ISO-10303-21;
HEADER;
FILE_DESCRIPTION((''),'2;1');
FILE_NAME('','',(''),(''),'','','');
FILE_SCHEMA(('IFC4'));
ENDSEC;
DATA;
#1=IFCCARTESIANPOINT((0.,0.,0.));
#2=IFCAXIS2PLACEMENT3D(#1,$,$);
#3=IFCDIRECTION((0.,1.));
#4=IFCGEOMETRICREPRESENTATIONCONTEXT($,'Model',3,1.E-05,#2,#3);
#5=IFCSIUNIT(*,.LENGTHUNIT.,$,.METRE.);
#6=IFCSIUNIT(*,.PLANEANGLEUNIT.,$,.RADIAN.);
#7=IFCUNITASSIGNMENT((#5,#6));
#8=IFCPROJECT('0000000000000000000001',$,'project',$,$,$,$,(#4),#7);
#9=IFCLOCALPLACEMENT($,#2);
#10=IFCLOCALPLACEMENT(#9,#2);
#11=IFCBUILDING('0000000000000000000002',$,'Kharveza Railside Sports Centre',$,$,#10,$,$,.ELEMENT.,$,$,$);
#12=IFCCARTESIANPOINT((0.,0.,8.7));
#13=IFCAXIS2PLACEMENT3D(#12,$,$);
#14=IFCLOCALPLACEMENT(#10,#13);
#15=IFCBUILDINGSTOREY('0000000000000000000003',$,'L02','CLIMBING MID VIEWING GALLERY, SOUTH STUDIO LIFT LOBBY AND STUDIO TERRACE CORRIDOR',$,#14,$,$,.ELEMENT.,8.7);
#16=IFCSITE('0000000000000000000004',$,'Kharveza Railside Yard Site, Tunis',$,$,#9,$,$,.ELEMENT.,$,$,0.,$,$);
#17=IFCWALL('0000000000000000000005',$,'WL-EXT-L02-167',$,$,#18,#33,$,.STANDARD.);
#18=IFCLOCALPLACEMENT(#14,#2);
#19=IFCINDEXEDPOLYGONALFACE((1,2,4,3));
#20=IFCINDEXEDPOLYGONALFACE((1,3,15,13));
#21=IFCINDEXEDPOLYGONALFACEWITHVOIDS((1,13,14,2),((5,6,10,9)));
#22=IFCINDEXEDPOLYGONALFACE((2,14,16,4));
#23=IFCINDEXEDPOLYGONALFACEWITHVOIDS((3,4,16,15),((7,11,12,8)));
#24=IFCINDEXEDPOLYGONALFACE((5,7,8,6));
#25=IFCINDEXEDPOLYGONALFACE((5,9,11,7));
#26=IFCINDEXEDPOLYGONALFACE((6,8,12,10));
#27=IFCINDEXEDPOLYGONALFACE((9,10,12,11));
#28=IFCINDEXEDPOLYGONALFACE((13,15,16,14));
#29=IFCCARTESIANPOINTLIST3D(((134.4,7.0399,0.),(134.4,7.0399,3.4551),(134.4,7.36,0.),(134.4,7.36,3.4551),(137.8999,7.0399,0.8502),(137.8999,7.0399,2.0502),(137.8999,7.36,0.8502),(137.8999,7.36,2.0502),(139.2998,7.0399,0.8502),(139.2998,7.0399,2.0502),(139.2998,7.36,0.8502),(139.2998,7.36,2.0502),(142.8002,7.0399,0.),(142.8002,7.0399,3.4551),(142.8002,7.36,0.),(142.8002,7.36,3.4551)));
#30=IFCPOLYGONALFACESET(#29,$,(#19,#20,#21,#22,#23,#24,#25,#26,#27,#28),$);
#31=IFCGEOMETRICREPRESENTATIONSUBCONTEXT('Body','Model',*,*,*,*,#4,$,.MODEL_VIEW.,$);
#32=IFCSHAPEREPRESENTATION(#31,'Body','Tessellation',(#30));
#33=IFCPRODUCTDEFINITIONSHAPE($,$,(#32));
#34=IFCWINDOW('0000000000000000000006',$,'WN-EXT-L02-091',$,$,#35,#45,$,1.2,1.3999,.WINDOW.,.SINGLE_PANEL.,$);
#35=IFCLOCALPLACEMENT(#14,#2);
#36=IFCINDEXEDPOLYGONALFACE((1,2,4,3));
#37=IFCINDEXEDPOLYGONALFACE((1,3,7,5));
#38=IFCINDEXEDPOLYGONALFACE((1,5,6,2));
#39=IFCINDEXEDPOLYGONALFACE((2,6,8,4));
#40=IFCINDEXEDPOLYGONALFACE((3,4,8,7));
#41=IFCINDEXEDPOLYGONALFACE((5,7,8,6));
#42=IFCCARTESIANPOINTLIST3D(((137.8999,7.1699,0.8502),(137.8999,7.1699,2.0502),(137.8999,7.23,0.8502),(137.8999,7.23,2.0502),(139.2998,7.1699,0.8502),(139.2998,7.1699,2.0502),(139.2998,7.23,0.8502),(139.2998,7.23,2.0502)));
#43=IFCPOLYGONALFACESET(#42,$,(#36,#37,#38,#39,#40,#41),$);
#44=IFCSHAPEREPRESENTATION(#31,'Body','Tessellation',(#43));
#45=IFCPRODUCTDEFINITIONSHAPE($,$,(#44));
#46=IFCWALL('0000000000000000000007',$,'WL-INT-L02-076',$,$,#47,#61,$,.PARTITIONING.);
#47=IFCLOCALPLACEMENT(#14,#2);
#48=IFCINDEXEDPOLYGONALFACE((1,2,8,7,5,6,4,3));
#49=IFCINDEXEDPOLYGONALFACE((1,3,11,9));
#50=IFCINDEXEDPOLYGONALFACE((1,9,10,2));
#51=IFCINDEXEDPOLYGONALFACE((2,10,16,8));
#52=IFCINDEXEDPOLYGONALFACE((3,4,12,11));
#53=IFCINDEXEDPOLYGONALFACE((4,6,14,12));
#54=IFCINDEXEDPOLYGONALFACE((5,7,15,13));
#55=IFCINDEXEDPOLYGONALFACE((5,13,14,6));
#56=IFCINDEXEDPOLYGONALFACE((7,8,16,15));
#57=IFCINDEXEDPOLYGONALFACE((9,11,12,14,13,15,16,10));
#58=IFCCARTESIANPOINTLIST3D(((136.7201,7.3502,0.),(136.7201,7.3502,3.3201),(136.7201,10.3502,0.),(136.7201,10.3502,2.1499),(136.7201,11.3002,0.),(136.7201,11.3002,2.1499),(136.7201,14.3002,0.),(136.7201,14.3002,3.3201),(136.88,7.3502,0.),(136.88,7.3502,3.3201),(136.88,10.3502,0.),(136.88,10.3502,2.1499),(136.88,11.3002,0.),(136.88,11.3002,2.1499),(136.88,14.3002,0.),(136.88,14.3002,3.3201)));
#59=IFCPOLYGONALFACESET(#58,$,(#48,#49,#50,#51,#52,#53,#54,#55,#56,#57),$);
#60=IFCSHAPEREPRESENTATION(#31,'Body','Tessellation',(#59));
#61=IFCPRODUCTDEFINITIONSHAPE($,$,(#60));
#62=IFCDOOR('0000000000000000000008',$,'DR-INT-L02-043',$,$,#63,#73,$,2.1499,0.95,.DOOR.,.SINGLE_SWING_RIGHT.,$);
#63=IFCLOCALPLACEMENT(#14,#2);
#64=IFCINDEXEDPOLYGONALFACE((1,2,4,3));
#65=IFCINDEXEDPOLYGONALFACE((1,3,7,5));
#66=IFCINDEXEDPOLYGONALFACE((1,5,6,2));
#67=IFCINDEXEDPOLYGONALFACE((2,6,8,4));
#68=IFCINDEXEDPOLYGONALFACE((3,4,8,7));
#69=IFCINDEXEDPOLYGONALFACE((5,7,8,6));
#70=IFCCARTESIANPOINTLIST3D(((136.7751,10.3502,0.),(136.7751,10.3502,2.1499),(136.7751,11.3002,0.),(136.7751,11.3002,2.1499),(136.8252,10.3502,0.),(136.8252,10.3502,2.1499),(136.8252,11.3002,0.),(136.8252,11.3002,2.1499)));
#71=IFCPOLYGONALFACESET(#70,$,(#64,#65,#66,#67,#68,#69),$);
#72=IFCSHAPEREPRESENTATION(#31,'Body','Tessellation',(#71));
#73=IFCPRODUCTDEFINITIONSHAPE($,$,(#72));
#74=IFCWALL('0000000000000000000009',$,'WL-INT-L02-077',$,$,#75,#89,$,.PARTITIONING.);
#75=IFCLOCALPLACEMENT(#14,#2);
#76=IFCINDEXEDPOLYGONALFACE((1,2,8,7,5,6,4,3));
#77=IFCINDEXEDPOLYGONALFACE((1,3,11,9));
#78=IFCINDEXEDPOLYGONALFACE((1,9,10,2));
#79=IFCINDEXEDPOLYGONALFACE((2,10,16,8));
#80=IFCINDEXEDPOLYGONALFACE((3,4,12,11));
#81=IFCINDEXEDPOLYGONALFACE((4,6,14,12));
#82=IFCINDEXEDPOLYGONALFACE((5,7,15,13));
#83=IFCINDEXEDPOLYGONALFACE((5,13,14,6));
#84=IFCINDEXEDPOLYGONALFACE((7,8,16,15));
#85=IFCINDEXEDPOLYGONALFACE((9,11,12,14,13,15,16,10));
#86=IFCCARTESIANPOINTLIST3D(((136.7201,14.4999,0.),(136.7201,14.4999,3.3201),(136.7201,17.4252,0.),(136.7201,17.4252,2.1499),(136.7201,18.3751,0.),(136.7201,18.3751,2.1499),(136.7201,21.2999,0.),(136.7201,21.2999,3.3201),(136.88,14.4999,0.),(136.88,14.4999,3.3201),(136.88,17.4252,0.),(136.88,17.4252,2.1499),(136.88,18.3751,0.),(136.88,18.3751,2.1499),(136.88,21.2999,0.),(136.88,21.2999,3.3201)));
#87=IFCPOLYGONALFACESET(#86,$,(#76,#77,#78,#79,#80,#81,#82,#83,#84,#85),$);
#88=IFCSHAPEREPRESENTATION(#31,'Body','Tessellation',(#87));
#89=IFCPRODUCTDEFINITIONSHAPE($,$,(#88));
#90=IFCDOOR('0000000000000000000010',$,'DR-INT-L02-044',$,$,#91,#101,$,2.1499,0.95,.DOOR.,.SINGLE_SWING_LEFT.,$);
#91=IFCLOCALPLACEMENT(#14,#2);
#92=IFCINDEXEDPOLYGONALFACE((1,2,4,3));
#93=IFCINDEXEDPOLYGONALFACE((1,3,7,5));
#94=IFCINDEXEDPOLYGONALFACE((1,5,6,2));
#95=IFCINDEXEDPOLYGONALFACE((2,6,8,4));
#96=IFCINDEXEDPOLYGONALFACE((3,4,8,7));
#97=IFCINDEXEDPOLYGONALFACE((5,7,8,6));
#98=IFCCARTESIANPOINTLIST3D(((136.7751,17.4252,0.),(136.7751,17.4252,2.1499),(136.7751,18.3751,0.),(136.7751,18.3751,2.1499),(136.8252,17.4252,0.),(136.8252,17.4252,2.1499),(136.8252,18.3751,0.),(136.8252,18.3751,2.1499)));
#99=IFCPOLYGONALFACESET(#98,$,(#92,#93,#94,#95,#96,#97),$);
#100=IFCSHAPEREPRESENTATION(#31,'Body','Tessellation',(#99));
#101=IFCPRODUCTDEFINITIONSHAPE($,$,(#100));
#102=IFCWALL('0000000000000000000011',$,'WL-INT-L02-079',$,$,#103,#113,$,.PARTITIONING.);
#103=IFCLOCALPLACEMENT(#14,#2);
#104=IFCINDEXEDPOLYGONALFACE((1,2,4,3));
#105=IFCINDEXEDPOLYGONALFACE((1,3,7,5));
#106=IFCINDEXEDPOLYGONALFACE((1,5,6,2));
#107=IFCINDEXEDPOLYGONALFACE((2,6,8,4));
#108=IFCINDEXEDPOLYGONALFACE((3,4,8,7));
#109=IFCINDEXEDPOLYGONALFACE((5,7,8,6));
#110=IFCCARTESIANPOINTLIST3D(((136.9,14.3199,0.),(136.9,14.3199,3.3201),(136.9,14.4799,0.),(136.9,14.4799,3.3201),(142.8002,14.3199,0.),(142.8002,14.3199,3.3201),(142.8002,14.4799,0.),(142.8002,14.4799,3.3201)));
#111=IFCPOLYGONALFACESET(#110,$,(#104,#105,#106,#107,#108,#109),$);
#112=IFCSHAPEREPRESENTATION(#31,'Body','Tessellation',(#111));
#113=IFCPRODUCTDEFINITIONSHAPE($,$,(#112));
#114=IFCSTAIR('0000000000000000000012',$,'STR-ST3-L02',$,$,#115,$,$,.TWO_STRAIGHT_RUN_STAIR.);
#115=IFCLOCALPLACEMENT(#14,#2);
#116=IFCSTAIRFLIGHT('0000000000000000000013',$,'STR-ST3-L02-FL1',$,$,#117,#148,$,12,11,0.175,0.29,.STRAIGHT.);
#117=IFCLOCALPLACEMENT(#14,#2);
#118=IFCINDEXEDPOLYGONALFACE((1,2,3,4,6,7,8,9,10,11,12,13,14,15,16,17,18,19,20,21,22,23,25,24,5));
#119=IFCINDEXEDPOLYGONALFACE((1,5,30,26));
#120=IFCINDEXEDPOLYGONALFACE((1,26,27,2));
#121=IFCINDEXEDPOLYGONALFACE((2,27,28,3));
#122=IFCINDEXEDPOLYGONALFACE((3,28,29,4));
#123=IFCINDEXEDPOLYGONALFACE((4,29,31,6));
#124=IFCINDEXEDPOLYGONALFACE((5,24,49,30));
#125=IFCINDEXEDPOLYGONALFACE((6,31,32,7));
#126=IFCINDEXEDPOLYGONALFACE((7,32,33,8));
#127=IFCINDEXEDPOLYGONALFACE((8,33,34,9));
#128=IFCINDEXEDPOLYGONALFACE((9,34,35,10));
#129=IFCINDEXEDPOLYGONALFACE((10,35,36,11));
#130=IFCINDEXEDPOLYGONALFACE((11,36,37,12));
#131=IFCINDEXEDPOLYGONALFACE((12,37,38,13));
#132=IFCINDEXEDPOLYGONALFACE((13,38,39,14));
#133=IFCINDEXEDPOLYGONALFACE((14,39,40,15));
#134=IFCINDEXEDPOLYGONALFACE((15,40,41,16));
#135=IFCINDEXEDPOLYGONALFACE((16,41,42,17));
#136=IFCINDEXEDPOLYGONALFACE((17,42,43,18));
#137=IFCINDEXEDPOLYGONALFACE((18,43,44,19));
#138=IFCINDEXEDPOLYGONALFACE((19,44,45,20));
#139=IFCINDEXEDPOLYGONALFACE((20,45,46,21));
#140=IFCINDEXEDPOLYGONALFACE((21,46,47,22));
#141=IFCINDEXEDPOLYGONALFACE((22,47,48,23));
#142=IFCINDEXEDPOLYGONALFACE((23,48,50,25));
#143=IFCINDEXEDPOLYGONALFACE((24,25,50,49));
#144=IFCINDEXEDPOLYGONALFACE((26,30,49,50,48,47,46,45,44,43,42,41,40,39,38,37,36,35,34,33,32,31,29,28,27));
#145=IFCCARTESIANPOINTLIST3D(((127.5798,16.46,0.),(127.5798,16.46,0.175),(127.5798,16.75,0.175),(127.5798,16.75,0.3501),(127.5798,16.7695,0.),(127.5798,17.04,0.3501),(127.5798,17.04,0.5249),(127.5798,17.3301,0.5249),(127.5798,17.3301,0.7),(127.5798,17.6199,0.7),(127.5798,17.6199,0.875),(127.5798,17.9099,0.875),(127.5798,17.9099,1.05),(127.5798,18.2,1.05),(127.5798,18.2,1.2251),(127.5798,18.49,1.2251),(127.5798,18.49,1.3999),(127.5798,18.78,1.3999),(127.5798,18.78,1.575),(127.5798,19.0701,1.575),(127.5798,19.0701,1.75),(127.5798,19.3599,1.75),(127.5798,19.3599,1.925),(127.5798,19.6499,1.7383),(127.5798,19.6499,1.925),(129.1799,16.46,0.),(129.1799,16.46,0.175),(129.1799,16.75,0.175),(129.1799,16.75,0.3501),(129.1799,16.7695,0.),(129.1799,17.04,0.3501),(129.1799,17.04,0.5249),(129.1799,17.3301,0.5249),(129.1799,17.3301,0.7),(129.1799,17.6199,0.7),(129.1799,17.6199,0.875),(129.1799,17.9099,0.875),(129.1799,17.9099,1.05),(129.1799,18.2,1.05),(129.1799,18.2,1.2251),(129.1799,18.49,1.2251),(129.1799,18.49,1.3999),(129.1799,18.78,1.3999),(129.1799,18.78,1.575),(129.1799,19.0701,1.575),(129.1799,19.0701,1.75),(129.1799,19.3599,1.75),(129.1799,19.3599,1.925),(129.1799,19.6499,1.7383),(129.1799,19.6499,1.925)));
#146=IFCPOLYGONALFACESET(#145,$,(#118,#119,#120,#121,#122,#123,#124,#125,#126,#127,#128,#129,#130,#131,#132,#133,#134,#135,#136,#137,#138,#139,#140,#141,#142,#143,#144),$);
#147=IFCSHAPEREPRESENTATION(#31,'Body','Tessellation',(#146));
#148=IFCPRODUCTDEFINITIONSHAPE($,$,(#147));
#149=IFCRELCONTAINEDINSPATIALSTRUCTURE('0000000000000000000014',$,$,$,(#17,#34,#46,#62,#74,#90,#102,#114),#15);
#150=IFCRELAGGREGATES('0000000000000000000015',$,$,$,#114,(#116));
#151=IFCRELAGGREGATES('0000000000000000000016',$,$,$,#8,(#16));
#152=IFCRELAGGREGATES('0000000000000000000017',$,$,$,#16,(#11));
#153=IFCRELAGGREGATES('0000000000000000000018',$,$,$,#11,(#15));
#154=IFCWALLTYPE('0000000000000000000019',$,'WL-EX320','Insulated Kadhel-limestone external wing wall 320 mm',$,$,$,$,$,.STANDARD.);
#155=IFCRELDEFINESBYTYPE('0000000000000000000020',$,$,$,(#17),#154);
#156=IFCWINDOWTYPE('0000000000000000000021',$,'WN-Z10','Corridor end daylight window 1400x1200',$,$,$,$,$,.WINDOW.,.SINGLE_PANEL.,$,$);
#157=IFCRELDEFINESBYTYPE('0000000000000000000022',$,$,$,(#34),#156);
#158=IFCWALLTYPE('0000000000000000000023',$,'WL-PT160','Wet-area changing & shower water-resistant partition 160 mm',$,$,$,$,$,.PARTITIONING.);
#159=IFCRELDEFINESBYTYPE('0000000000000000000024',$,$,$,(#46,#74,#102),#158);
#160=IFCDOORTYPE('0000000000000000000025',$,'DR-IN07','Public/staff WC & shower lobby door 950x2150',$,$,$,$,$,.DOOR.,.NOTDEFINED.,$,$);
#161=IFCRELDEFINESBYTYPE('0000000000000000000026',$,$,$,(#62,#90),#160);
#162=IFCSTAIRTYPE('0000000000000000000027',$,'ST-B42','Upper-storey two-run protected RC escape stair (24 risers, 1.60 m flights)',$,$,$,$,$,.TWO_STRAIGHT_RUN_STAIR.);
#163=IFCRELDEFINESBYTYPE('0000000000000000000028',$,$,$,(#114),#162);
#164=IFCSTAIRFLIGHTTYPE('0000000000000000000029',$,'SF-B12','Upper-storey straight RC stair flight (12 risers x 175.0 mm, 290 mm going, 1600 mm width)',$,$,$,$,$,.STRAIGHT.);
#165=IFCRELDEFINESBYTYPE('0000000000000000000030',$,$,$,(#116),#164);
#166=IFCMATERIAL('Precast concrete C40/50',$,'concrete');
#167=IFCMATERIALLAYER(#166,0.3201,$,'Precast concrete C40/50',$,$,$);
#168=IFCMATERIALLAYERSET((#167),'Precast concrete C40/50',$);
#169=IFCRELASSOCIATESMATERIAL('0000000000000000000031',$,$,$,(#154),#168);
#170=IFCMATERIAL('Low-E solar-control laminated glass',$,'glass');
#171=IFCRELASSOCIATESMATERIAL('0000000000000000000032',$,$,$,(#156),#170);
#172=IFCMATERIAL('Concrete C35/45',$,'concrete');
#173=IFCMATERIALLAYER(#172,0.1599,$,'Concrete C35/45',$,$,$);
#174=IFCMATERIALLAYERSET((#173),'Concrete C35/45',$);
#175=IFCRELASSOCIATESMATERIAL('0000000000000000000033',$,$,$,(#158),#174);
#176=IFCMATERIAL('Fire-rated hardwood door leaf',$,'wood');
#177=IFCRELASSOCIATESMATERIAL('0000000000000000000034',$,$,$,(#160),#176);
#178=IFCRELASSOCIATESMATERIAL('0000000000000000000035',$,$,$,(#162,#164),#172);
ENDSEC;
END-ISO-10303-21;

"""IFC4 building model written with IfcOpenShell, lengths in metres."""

from ifc_helpers import new_model, si_unit, direction, frame, frame_2d, origin, place, context, subcontext, project, spatial, polyline, rectangle, outline, extrude, material, layer, layer_set, type_object, element, fill, aggregate, save


model = new_model("IFC4")

# Units and contexts
model_context = context("Model", 3, precision=1e-05, world=origin(), true_north=direction((0.0, 1.0)))
body_context = subcontext(model_context, "Body", "Model", "MODEL_VIEW")
ifc_project = project(units=[si_unit("LENGTHUNIT", "METRE"), si_unit("PLANEANGLEUNIT", "RADIAN")], contexts=[model_context])

# Site, building, storey
site_placement = place(None, origin())
site = spatial("IfcSite", under=ifc_project, at=site_placement, Name="Kharveza Railside Yard Site, Tunis", CompositionType="ELEMENT", RefElevation=0.0)
building_placement = place(site_placement, origin())
building = spatial("IfcBuilding", under=site, at=building_placement, Name="Kharveza Railside Sports Centre", CompositionType="ELEMENT")
storey_placement = place(building_placement, frame((0.0, 0.0, 8.7)))
storey = spatial("IfcBuildingStorey", under=building, at=storey_placement, Name="L02", Description="CLIMBING MID VIEWING GALLERY, SOUTH STUDIO LIFT LOBBY AND STUDIO TERRACE CORRIDOR", CompositionType="ELEMENT", Elevation=8.7)

# Shared definitions
ifc_material_1 = material(Name="Concrete C35/45", Category="concrete")

# Wall, opening, window
ifc_material_2 = material(Name="Precast concrete C40/50", Category="concrete")
ifc_layer_1 = layer(ifc_material_2, 0.3201, Name="Precast concrete C40/50")
ifc_layer_set_1 = layer_set([ifc_layer_1], Name="Precast concrete C40/50")
wall_type_1 = type_object("IfcWallType", Name="WL-EX320", Description="Insulated Kadhel-limestone external wing wall 320 mm", PredefinedType="STANDARD", material=ifc_layer_set_1)
wall_1_placement = place(storey_placement, frame((134.3999, 7.2, 0.0), z_axis=(0.0, 0.0, 1.0), x_axis=(1.0, 0.0, 0.0)))
wall_1 = element("IfcWall", 1, at=wall_1_placement, inside=storey, type_object=wall_type_1, Name="WL-EXT-L02-167", PredefinedType="STANDARD", context=body_context, shape_type="SweptSolid", body=[
    extrude(rectangle(XDim=8.4001, YDim=0.3201, at=frame_2d((4.2002, 0.0))), origin(), (0.0, 0.0, 1.0), 3.4551),
])
opening_1_placement = place(wall_1_placement, frame((3.5, 0.0, 0.8501)))
opening_1 = element("IfcOpeningElement", 2, at=opening_1_placement, cuts=wall_1, PredefinedType="OPENING", context=body_context, shape_type="SweptSolid", body=[
    extrude(rectangle(XDim=1.3999, YDim=1.2, at=frame_2d((0.7, 0.6001))), frame((0.0, 0.1851, 0.0), z_axis=(0.0, -1.0, 0.0), x_axis=(1.0, 0.0, 0.0)), (0.0, 0.0, 1.0), 0.3699),
])
ifc_material_3 = material(Name="Low-E solar-control laminated glass", Category="glass")
window_type = type_object("IfcWindowType", Name="WN-Z10", Description="Corridor end daylight window 1400x1200", PartitioningType="SINGLE_PANEL", PredefinedType="WINDOW", material=ifc_material_3)
window_placement = place(opening_1_placement, origin())
window = element("IfcWindow", 3, at=window_placement, inside=storey, type_object=window_type, Name="WN-EXT-L02-091", OverallHeight=1.2, OverallWidth=1.3999, PartitioningType="SINGLE_PANEL", PredefinedType="WINDOW", context=body_context, shape_type="SweptSolid", body=[
    extrude(rectangle(XDim=1.3999, YDim=1.2, at=frame_2d((0.7, 0.6001))), frame((0.0, 0.03, 0.0), z_axis=(0.0, -1.0, 0.0), x_axis=(1.0, 0.0, 0.0)), (0.0, 0.0, 1.0), 0.0601),
])
fill(opening_1, window)

# Walls, openings, doors
ifc_layer_2 = layer(ifc_material_1, 0.1599, Name="Concrete C35/45")
ifc_layer_set_2 = layer_set([ifc_layer_2], Name="Concrete C35/45")
wall_type_2 = type_object("IfcWallType", Name="WL-PT160", Description="Wet-area changing & shower water-resistant partition 160 mm", PredefinedType="PARTITIONING", material=ifc_layer_set_2)
wall_2_placement = place(storey_placement, frame((136.8, 7.3501, 0.0), z_axis=(0.0, 0.0, 1.0), x_axis=(0.0, 1.0, 0.0)))
wall_2 = element("IfcWall", 4, at=wall_2_placement, inside=storey, type_object=wall_type_2, Name="WL-INT-L02-076", PredefinedType="PARTITIONING", context=body_context, shape_type="SweptSolid", body=[
    extrude(rectangle(XDim=6.95, YDim=0.1599, at=frame_2d((3.4751, 0.0))), origin(), (0.0, 0.0, 1.0), 3.3201),
])
opening_2_placement = place(wall_2_placement, frame((3.0, 0.0, 0.0)))
opening_2 = element("IfcOpeningElement", 5, at=opening_2_placement, cuts=wall_2, PredefinedType="OPENING", context=body_context, shape_type="SweptSolid", body=[
    extrude(rectangle(XDim=0.95, YDim=2.1499, at=frame_2d((0.4751, 1.075))), frame((0.0, 0.105, 0.0), z_axis=(0.0, -1.0, 0.0), x_axis=(1.0, 0.0, 0.0)), (0.0, 0.0, 1.0), 0.2097),
])
ifc_material_4 = material(Name="Fire-rated hardwood door leaf", Category="wood")
door_type = type_object("IfcDoorType", Name="DR-IN07", Description="Public/staff WC & shower lobby door 950x2150", OperationType="NOTDEFINED", PredefinedType="DOOR", material=ifc_material_4)
door_1_placement = place(opening_2_placement, origin())
door_1 = element("IfcDoor", 6, at=door_1_placement, inside=storey, type_object=door_type, Name="DR-INT-L02-043", OperationType="SINGLE_SWING_RIGHT", OverallHeight=2.1499, OverallWidth=0.95, PredefinedType="DOOR", context=body_context, shape_type="SweptSolid", body=[
    extrude(rectangle(XDim=0.95, YDim=2.1499, at=frame_2d((0.4751, 1.075))), frame((0.0, 0.0249, 0.0), z_axis=(0.0, -1.0, 0.0), x_axis=(1.0, 0.0, 0.0)), (0.0, 0.0, 1.0), 0.05),
])
fill(opening_2, door_1)
wall_3_placement = place(storey_placement, frame((136.8, 14.5, 0.0), z_axis=(0.0, 0.0, 1.0), x_axis=(0.0, 1.0, 0.0)))
wall_3 = element("IfcWall", 7, at=wall_3_placement, inside=storey, type_object=wall_type_2, Name="WL-INT-L02-077", PredefinedType="PARTITIONING", context=body_context, shape_type="SweptSolid", body=[
    extrude(rectangle(XDim=6.8, YDim=0.1599, at=frame_2d((3.3999, 0.0))), origin(), (0.0, 0.0, 1.0), 3.3201),
])
opening_3_placement = place(wall_3_placement, frame((2.925, 0.0, 0.0)))
opening_3 = element("IfcOpeningElement", 8, at=opening_3_placement, cuts=wall_3, PredefinedType="OPENING", context=body_context, shape_type="SweptSolid", body=[
    extrude(rectangle(XDim=0.95, YDim=2.1499, at=frame_2d((0.4751, 1.075))), frame((0.0, 0.105, 0.0), z_axis=(0.0, -1.0, 0.0), x_axis=(1.0, 0.0, 0.0)), (0.0, 0.0, 1.0), 0.2097),
])
door_2_placement = place(opening_3_placement, origin())
door_2 = element("IfcDoor", 9, at=door_2_placement, inside=storey, type_object=door_type, Name="DR-INT-L02-044", OperationType="SINGLE_SWING_LEFT", OverallHeight=2.1499, OverallWidth=0.95, PredefinedType="DOOR", context=body_context, shape_type="SweptSolid", body=[
    extrude(rectangle(XDim=0.95, YDim=2.1499, at=frame_2d((0.4751, 1.075))), frame((0.0, 0.0249, 0.0), z_axis=(0.0, -1.0, 0.0), x_axis=(1.0, 0.0, 0.0)), (0.0, 0.0, 1.0), 0.05),
])
fill(opening_3, door_2)

# Wall
wall_4_placement = place(storey_placement, frame((136.8999, 14.3999, 0.0), z_axis=(0.0, 0.0, 1.0), x_axis=(1.0, 0.0, 0.0)))
element("IfcWall", 10, at=wall_4_placement, inside=storey, type_object=wall_type_2, Name="WL-INT-L02-079", PredefinedType="PARTITIONING", context=body_context, shape_type="SweptSolid", body=[
    extrude(rectangle(XDim=5.9001, YDim=0.1599, at=frame_2d((2.9502, 0.0))), origin(), (0.0, 0.0, 1.0), 3.3201),
])

# Stair, stair flight
stair_type = type_object("IfcStairType", Name="ST-B42", Description="Upper-storey two-run protected RC escape stair (24 risers, 1.60 m flights)", PredefinedType="TWO_STRAIGHT_RUN_STAIR", material=ifc_material_1)
stair_placement = place(storey_placement, origin())
stair = element("IfcStair", 11, at=stair_placement, inside=storey, type_object=stair_type, Name="STR-ST3-L02", PredefinedType="TWO_STRAIGHT_RUN_STAIR")
stair_flight_type = type_object("IfcStairFlightType", Name="SF-B12", Description="Upper-storey straight RC stair flight (12 risers x 175.0 mm, 290 mm going, 1600 mm width)", PredefinedType="STRAIGHT", material=ifc_material_1)
stair_flight_placement = place(storey_placement, frame((128.3799, 16.46, 0.0), z_axis=(0.0, 0.0, 1.0), x_axis=(0.0, 1.0, 0.0)))
stair_flight = element("IfcStairFlight", 12, at=stair_flight_placement, type_object=stair_flight_type, Name="STR-ST3-L02-FL1", NumberOfRisers=12, NumberOfTreads=11, PredefinedType="STRAIGHT", RiserHeight=0.175, TreadLength=0.29, context=body_context, shape_type="SweptSolid", body=[
    extrude(outline(polyline([(0.0, 0.0), (0.0, 0.175), (0.29, 0.175), (0.29, 0.3501), (0.5801, 0.3501), (0.5801, 0.5249), (0.8701, 0.5249), (0.8701, 0.7), (1.1599, 0.7), (1.1599, 0.875), (1.45, 0.875), (1.45, 1.05), (1.74, 1.05), (1.74, 1.2251), (2.03, 1.2251), (2.03, 1.3999), (2.3201, 1.3999), (2.3201, 1.575), (2.6101, 1.575), (2.6101, 1.75), (2.8999, 1.75), (2.8999, 1.925), (3.1899, 1.925), (3.1899, 2.1001), (3.1899, 1.7383), (0.3096, 0.0), (0.0, 0.0)])), frame((0.0, 0.8, 0.0), z_axis=(0.0, -1.0, 0.0), x_axis=(1.0, 0.0, 0.0)), (0.0, 0.0, 1.0), 1.6001),
])
aggregate(stair, [stair_flight])

save(model, "model.ifc")
